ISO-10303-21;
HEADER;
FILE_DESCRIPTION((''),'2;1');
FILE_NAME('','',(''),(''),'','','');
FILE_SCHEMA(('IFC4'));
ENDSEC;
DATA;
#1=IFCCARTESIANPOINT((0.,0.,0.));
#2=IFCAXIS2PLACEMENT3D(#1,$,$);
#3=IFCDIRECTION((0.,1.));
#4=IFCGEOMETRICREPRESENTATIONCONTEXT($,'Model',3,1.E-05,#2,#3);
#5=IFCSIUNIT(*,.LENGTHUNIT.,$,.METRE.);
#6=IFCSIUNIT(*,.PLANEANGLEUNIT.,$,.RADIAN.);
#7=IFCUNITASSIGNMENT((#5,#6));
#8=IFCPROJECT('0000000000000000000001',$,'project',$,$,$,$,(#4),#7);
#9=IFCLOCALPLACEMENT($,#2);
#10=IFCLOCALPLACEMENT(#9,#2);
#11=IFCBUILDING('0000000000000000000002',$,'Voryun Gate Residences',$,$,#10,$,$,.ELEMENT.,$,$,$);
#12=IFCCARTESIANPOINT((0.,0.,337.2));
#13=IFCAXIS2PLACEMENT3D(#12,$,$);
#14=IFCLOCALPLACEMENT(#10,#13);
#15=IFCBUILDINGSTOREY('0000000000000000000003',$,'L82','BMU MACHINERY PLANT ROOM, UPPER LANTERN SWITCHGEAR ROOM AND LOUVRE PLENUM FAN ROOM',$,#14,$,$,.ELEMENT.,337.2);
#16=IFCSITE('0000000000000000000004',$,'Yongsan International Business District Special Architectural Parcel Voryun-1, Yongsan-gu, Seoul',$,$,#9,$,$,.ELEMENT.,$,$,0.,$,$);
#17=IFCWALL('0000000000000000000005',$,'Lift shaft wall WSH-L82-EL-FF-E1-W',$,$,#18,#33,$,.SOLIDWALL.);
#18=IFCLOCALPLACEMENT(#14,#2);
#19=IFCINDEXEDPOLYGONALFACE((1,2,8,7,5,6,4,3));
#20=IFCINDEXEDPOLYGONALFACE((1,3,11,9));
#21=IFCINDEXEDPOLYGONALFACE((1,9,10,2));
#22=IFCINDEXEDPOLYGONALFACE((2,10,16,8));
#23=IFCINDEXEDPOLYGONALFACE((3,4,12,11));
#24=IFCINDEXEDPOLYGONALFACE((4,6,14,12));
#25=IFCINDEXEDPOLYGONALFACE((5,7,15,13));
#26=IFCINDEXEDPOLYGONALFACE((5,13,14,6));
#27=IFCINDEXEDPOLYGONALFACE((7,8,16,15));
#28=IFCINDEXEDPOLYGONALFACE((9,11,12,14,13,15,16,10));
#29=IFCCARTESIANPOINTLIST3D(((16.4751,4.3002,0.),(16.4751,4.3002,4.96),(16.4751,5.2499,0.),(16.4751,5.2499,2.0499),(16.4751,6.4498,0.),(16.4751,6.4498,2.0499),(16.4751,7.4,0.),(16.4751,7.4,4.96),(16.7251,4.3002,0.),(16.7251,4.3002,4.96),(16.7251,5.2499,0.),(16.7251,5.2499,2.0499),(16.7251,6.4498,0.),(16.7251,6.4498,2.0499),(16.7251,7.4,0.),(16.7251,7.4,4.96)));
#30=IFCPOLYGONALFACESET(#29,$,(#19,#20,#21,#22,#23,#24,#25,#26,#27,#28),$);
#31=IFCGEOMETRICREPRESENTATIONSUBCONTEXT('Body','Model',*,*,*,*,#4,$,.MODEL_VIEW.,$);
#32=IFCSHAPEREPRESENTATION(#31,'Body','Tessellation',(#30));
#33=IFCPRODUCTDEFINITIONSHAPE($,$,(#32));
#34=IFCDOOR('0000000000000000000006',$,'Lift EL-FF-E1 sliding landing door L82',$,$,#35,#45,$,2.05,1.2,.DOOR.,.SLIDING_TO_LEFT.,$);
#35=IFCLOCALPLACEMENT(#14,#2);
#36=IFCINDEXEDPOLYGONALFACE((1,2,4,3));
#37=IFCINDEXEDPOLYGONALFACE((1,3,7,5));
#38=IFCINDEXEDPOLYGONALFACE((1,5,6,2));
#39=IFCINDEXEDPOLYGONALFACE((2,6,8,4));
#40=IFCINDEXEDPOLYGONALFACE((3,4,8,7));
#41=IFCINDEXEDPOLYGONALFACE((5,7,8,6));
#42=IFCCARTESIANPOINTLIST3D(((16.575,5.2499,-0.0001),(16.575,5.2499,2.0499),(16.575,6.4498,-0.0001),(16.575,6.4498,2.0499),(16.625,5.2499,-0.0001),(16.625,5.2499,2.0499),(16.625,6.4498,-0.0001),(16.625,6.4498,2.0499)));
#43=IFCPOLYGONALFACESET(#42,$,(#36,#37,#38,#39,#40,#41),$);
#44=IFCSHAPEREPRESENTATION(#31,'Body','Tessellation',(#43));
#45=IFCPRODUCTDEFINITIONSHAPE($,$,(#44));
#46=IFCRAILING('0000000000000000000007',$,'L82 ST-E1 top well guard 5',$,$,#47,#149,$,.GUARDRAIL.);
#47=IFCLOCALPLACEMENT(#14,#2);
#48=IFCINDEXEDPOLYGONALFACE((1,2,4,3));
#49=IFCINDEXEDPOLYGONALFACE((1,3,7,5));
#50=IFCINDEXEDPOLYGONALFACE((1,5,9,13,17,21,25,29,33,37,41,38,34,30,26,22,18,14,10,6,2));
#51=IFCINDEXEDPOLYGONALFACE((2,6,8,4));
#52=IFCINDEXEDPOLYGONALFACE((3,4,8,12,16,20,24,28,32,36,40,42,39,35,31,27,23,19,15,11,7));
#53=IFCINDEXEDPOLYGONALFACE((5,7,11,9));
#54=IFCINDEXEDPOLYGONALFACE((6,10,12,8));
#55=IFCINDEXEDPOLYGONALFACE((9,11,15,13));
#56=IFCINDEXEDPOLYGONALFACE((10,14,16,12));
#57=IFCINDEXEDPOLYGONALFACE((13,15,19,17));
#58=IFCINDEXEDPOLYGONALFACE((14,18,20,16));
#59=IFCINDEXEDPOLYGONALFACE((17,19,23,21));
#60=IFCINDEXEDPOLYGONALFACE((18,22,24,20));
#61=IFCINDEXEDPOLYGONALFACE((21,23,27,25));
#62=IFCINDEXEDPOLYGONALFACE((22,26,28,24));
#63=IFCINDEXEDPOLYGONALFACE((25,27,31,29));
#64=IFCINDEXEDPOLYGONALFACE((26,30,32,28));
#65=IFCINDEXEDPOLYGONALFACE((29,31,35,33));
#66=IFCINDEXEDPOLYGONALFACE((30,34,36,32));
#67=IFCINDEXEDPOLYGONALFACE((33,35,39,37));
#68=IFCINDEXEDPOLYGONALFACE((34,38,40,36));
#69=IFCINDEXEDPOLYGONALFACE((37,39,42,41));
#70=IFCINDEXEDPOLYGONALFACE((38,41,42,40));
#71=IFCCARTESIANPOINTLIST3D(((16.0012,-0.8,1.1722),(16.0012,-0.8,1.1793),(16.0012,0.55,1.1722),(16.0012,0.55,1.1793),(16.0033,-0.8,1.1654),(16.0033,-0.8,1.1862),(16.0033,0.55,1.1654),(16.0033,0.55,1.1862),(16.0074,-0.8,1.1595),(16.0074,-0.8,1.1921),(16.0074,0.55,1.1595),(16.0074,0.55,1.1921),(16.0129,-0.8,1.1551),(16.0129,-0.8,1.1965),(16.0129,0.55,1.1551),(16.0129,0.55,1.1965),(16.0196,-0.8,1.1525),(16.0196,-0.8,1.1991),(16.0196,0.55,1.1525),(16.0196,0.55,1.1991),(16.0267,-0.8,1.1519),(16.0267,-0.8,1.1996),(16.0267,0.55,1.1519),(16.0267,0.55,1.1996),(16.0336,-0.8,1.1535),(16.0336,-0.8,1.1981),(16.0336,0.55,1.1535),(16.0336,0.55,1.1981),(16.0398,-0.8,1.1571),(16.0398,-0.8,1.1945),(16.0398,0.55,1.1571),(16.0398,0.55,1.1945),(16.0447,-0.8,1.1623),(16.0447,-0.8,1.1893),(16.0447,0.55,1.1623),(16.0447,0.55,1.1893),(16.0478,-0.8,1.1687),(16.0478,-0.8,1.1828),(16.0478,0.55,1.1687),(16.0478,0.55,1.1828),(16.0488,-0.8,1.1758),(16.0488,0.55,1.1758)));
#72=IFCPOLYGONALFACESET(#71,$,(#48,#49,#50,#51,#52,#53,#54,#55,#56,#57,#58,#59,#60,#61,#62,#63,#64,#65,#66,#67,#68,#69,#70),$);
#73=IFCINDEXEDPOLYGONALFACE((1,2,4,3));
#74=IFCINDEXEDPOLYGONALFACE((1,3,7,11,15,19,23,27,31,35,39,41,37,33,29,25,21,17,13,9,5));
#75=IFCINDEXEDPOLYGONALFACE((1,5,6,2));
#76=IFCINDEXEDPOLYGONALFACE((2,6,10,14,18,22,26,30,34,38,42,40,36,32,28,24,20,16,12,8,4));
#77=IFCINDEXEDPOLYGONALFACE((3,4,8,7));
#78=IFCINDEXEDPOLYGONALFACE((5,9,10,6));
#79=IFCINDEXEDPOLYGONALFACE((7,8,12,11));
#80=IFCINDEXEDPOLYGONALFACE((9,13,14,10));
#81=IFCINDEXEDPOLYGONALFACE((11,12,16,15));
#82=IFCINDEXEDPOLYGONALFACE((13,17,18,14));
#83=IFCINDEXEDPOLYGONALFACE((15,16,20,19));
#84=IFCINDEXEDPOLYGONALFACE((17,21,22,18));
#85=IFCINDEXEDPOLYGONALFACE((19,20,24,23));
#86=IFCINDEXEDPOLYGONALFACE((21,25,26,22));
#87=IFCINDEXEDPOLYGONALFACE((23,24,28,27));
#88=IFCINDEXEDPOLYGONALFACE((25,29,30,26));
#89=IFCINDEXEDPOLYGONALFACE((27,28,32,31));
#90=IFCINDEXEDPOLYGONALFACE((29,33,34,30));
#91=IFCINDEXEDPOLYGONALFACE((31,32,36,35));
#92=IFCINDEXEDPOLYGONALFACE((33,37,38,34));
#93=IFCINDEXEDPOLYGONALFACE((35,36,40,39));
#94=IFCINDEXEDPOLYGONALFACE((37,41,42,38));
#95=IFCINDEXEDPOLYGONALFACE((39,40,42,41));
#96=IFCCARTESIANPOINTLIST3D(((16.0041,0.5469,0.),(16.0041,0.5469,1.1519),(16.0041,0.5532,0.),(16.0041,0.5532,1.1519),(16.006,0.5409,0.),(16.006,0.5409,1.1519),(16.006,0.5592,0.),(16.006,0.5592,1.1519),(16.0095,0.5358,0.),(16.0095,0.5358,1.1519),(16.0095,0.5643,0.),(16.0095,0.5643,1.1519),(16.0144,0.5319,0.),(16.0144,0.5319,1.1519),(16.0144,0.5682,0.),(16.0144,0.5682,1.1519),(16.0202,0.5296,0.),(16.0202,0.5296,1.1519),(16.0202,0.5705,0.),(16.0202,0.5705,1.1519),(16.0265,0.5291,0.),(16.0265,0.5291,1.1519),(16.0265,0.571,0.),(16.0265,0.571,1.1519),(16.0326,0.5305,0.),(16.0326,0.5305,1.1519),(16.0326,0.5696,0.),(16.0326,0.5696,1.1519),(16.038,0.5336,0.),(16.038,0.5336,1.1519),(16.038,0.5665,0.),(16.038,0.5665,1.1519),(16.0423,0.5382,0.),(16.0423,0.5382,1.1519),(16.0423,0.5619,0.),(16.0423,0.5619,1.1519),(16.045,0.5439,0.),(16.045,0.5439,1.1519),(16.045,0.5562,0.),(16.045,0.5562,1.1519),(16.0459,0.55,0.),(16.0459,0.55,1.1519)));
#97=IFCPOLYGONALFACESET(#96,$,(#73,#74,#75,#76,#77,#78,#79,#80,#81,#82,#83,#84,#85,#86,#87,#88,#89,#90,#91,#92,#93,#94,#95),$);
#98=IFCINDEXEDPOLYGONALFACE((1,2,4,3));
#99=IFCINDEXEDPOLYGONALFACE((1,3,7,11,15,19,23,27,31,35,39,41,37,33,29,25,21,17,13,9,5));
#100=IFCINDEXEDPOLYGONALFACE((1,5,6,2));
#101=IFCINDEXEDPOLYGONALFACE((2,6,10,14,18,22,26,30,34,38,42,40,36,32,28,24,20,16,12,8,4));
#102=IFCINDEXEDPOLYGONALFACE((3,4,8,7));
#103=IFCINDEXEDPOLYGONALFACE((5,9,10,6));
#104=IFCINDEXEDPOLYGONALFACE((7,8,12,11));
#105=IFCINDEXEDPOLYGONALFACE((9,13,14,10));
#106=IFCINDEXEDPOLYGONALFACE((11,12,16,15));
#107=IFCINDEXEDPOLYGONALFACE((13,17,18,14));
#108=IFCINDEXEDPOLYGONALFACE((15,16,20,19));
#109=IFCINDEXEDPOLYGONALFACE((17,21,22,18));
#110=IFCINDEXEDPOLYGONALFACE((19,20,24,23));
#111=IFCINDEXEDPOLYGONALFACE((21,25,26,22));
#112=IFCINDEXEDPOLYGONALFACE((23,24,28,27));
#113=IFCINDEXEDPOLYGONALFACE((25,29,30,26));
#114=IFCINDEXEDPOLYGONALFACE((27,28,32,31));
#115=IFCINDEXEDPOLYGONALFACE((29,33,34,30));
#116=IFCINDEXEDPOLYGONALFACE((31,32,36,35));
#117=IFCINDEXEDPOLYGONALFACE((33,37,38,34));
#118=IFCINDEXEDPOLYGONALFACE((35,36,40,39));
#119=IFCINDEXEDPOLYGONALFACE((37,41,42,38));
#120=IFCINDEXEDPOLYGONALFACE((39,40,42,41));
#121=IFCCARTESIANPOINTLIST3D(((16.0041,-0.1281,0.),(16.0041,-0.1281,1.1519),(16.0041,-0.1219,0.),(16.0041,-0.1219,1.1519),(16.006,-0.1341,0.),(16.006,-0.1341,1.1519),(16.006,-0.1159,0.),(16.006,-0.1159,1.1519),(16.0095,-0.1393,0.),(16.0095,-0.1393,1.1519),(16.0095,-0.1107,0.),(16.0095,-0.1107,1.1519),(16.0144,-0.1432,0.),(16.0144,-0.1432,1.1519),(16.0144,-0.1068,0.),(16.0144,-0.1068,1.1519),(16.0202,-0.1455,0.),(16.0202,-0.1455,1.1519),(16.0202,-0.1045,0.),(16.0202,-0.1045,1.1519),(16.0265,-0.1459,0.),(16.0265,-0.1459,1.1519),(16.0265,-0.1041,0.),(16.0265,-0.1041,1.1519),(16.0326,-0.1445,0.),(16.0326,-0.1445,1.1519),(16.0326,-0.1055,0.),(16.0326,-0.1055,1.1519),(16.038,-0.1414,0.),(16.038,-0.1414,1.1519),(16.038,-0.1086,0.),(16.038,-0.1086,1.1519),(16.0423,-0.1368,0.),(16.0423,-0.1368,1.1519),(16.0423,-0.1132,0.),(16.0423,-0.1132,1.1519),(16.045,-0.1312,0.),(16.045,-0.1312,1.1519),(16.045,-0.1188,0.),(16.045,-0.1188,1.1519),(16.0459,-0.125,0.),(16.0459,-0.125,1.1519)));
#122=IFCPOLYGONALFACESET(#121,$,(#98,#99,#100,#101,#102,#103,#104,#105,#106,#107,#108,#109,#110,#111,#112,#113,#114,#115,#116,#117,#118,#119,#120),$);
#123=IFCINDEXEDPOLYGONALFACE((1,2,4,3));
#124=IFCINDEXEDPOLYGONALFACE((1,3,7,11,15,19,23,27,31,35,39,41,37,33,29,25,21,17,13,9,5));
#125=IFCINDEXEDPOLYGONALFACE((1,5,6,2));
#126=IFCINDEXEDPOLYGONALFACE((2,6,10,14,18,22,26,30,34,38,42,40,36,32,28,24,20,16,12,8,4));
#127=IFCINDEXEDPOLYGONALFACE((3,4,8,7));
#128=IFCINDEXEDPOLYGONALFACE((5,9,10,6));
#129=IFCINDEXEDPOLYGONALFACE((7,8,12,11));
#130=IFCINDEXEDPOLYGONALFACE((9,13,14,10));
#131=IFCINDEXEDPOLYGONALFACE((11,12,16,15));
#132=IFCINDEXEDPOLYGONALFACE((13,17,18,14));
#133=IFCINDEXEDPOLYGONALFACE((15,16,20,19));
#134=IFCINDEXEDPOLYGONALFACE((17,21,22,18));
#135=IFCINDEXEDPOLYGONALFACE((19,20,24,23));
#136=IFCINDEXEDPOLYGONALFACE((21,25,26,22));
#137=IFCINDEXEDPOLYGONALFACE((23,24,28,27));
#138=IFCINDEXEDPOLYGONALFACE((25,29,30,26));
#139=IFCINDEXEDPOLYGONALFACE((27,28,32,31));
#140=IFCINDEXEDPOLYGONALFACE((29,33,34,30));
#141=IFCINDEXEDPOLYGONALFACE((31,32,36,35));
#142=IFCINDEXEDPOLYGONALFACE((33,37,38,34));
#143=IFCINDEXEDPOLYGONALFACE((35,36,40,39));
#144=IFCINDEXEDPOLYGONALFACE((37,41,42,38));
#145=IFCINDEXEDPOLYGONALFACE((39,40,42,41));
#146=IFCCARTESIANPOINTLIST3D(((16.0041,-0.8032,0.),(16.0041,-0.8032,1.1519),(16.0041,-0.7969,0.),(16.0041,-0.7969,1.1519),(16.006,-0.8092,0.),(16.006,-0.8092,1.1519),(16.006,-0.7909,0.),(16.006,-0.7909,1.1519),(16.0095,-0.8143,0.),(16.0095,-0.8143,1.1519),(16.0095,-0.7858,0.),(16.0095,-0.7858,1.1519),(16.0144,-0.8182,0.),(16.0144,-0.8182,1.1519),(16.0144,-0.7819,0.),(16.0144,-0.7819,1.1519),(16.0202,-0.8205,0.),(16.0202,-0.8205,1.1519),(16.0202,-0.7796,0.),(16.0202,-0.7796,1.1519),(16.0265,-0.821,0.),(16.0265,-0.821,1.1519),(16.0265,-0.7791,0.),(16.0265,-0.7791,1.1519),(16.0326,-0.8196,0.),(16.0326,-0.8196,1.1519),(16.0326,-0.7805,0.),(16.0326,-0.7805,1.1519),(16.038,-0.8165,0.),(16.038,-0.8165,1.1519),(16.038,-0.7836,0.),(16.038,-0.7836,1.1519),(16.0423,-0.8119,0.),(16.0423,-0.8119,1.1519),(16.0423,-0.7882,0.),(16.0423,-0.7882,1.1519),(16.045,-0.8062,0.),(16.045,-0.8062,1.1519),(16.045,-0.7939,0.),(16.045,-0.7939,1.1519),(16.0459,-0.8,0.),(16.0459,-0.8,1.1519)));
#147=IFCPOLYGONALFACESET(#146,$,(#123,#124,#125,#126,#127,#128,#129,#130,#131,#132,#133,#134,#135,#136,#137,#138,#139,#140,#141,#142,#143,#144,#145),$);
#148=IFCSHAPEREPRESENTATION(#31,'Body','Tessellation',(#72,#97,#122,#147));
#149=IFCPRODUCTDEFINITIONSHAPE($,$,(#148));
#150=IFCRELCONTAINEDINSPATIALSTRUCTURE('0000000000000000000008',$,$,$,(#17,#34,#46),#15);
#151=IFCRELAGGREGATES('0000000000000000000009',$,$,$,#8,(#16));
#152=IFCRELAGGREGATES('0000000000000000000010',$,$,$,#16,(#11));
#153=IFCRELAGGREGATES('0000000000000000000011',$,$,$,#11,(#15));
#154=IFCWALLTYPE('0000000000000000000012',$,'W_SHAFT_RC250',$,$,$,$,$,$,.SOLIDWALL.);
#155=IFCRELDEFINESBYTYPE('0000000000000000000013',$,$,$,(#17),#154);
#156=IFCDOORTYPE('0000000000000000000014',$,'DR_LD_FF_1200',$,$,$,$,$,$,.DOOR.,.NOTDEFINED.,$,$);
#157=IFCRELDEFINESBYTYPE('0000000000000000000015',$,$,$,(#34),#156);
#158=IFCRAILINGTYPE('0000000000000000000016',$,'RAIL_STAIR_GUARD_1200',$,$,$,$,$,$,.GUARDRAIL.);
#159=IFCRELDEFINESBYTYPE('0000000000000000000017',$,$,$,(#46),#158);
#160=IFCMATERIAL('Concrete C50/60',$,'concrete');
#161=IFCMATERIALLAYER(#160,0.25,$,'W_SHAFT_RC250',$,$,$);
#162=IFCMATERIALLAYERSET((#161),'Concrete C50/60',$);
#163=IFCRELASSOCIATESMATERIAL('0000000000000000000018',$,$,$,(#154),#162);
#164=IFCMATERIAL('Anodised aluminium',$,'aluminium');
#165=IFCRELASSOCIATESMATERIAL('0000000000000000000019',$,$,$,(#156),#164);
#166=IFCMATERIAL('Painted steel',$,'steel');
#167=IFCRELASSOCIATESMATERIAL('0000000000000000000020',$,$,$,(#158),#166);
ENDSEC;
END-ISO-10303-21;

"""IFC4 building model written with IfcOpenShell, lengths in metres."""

from ifc_helpers import new_model, si_unit, direction, frame, frame_2d, origin, origin_2d, place, context, subcontext, project, spatial, rectangle, circle, extrude, material, layer, layer_set, type_object, element, fill, save


model = new_model("IFC4")

# Units and contexts
model_context = context("Model", 3, precision=1e-05, world=origin(), true_north=direction((0.0, 1.0)))
body_context = subcontext(model_context, "Body", "Model", "MODEL_VIEW")
ifc_project = project(units=[si_unit("LENGTHUNIT", "METRE"), si_unit("PLANEANGLEUNIT", "RADIAN")], contexts=[model_context])

# Site, building, storey
site_placement = place(None, origin())
site = spatial("IfcSite", under=ifc_project, at=site_placement, Name="Yongsan International Business District Special Architectural Parcel Voryun-1, Yongsan-gu, Seoul", CompositionType="ELEMENT", RefElevation=0.0)
building_placement = place(site_placement, origin())
building = spatial("IfcBuilding", under=site, at=building_placement, Name="Voryun Gate Residences", CompositionType="ELEMENT")
storey_placement = place(building_placement, frame((0.0, 0.0, 337.2)))
storey = spatial("IfcBuildingStorey", under=building, at=storey_placement, Name="L82", Description="BMU MACHINERY PLANT ROOM, UPPER LANTERN SWITCHGEAR ROOM AND LOUVRE PLENUM FAN ROOM", CompositionType="ELEMENT", Elevation=337.2)

# Shared definitions
ifc_material_1 = material(Name="Concrete C50/60", Category="concrete")
ifc_layer_1 = layer(ifc_material_1, 0.25, Name="W_SHAFT_RC250")
ifc_layer_set_1 = layer_set([ifc_layer_1], Name="Concrete C50/60")
wall_type_1 = type_object("IfcWallType", Name="W_SHAFT_RC250", PredefinedType="SOLIDWALL", material=ifc_layer_set_1)

# Wall, opening, door
wall_1_placement = place(storey_placement, frame((16.6001, 7.3999, 0.0), z_axis=(0.0, 0.0, 1.0), x_axis=(0.0, -1.0, 0.0)))
wall_1 = element("IfcWall", 1, at=wall_1_placement, inside=storey, type_object=wall_type_1, Name="Lift shaft wall WSH-L82-EL-FF-E1-W", PredefinedType="SOLIDWALL", context=body_context, shape_type="SweptSolid", body=[
    extrude(rectangle(XDim=3.0999, YDim=0.25, at=frame_2d((1.5498, 0.0))), origin(), (0.0, 0.0, 1.0), 4.96),
])
opening_1_placement = place(wall_1_placement, frame((0.95, 0.0, 0.0)))
opening_1 = element("IfcOpeningElement", 2, at=opening_1_placement, cuts=wall_1, PredefinedType="OPENING", context=body_context, shape_type="SweptSolid", body=[
    extrude(rectangle(XDim=1.2, YDim=2.05, at=frame_2d((0.6001, 1.0249))), frame((0.0, 0.135, 0.0), z_axis=(0.0, -1.0, 0.0), x_axis=(1.0, 0.0, 0.0)), (0.0, 0.0, 1.0), 0.27),
])
ifc_material_2 = material(Name="Anodised aluminium", Category="aluminium")
door_type_1 = type_object("IfcDoorType", Name="DR_LD_FF_1200", OperationType="NOTDEFINED", PredefinedType="DOOR", material=ifc_material_2)
door_1_placement = place(opening_1_placement, origin())
door_1 = element("IfcDoor", 3, at=door_1_placement, inside=storey, type_object=door_type_1, Name="Lift EL-FF-E1 sliding landing door L82", OperationType="SLIDING_TO_LEFT", OverallHeight=2.05, OverallWidth=1.2, PredefinedType="DOOR", context=body_context, shape_type="SweptSolid", body=[
    extrude(rectangle(XDim=1.2, YDim=2.05, at=frame_2d((0.6001, 1.0249))), frame((0.0, 0.0249, 0.0), z_axis=(0.0, -1.0, 0.0), x_axis=(1.0, 0.0, 0.0)), (0.0, 0.0, 1.0), 0.05),
])
fill(opening_1, door_1)

# Railing
ifc_material_3 = material(Name="Painted steel", Category="steel")
railing_type = type_object("IfcRailingType", Name="RAIL_STAIR_GUARD_1200", PredefinedType="GUARDRAIL", material=ifc_material_3)
for number, where, name in (
    (4, (16.0249, 0.55, 0.0), "L82 ST-E1 top well guard 5"),
):
    element("IfcRailing", number, at=place(storey_placement, frame(where)), inside=storey, type_object=railing_type, Name=name, PredefinedType="GUARDRAIL", context=body_context, shape_type="SweptSolid", body=[
        extrude(circle(Radius=0.0239, at=origin_2d()), frame((0.0, 0.0, 1.1758), z_axis=(0.0, -1.0, 0.0), x_axis=(1.0, 0.0, 0.0)), (0.0, 0.0, 1.0), 1.3501),
        extrude(circle(Radius=0.021, at=origin_2d()), origin(), (0.0, 0.0, 1.0), 1.1519),
        extrude(circle(Radius=0.021, at=origin_2d()), frame((0.0, -0.675, 0.0)), (0.0, 0.0, 1.0), 1.1519),
        extrude(circle(Radius=0.021, at=origin_2d()), frame((0.0, -1.3501, 0.0)), (0.0, 0.0, 1.0), 1.1519),
    ])

save(model, "model.ifc")
